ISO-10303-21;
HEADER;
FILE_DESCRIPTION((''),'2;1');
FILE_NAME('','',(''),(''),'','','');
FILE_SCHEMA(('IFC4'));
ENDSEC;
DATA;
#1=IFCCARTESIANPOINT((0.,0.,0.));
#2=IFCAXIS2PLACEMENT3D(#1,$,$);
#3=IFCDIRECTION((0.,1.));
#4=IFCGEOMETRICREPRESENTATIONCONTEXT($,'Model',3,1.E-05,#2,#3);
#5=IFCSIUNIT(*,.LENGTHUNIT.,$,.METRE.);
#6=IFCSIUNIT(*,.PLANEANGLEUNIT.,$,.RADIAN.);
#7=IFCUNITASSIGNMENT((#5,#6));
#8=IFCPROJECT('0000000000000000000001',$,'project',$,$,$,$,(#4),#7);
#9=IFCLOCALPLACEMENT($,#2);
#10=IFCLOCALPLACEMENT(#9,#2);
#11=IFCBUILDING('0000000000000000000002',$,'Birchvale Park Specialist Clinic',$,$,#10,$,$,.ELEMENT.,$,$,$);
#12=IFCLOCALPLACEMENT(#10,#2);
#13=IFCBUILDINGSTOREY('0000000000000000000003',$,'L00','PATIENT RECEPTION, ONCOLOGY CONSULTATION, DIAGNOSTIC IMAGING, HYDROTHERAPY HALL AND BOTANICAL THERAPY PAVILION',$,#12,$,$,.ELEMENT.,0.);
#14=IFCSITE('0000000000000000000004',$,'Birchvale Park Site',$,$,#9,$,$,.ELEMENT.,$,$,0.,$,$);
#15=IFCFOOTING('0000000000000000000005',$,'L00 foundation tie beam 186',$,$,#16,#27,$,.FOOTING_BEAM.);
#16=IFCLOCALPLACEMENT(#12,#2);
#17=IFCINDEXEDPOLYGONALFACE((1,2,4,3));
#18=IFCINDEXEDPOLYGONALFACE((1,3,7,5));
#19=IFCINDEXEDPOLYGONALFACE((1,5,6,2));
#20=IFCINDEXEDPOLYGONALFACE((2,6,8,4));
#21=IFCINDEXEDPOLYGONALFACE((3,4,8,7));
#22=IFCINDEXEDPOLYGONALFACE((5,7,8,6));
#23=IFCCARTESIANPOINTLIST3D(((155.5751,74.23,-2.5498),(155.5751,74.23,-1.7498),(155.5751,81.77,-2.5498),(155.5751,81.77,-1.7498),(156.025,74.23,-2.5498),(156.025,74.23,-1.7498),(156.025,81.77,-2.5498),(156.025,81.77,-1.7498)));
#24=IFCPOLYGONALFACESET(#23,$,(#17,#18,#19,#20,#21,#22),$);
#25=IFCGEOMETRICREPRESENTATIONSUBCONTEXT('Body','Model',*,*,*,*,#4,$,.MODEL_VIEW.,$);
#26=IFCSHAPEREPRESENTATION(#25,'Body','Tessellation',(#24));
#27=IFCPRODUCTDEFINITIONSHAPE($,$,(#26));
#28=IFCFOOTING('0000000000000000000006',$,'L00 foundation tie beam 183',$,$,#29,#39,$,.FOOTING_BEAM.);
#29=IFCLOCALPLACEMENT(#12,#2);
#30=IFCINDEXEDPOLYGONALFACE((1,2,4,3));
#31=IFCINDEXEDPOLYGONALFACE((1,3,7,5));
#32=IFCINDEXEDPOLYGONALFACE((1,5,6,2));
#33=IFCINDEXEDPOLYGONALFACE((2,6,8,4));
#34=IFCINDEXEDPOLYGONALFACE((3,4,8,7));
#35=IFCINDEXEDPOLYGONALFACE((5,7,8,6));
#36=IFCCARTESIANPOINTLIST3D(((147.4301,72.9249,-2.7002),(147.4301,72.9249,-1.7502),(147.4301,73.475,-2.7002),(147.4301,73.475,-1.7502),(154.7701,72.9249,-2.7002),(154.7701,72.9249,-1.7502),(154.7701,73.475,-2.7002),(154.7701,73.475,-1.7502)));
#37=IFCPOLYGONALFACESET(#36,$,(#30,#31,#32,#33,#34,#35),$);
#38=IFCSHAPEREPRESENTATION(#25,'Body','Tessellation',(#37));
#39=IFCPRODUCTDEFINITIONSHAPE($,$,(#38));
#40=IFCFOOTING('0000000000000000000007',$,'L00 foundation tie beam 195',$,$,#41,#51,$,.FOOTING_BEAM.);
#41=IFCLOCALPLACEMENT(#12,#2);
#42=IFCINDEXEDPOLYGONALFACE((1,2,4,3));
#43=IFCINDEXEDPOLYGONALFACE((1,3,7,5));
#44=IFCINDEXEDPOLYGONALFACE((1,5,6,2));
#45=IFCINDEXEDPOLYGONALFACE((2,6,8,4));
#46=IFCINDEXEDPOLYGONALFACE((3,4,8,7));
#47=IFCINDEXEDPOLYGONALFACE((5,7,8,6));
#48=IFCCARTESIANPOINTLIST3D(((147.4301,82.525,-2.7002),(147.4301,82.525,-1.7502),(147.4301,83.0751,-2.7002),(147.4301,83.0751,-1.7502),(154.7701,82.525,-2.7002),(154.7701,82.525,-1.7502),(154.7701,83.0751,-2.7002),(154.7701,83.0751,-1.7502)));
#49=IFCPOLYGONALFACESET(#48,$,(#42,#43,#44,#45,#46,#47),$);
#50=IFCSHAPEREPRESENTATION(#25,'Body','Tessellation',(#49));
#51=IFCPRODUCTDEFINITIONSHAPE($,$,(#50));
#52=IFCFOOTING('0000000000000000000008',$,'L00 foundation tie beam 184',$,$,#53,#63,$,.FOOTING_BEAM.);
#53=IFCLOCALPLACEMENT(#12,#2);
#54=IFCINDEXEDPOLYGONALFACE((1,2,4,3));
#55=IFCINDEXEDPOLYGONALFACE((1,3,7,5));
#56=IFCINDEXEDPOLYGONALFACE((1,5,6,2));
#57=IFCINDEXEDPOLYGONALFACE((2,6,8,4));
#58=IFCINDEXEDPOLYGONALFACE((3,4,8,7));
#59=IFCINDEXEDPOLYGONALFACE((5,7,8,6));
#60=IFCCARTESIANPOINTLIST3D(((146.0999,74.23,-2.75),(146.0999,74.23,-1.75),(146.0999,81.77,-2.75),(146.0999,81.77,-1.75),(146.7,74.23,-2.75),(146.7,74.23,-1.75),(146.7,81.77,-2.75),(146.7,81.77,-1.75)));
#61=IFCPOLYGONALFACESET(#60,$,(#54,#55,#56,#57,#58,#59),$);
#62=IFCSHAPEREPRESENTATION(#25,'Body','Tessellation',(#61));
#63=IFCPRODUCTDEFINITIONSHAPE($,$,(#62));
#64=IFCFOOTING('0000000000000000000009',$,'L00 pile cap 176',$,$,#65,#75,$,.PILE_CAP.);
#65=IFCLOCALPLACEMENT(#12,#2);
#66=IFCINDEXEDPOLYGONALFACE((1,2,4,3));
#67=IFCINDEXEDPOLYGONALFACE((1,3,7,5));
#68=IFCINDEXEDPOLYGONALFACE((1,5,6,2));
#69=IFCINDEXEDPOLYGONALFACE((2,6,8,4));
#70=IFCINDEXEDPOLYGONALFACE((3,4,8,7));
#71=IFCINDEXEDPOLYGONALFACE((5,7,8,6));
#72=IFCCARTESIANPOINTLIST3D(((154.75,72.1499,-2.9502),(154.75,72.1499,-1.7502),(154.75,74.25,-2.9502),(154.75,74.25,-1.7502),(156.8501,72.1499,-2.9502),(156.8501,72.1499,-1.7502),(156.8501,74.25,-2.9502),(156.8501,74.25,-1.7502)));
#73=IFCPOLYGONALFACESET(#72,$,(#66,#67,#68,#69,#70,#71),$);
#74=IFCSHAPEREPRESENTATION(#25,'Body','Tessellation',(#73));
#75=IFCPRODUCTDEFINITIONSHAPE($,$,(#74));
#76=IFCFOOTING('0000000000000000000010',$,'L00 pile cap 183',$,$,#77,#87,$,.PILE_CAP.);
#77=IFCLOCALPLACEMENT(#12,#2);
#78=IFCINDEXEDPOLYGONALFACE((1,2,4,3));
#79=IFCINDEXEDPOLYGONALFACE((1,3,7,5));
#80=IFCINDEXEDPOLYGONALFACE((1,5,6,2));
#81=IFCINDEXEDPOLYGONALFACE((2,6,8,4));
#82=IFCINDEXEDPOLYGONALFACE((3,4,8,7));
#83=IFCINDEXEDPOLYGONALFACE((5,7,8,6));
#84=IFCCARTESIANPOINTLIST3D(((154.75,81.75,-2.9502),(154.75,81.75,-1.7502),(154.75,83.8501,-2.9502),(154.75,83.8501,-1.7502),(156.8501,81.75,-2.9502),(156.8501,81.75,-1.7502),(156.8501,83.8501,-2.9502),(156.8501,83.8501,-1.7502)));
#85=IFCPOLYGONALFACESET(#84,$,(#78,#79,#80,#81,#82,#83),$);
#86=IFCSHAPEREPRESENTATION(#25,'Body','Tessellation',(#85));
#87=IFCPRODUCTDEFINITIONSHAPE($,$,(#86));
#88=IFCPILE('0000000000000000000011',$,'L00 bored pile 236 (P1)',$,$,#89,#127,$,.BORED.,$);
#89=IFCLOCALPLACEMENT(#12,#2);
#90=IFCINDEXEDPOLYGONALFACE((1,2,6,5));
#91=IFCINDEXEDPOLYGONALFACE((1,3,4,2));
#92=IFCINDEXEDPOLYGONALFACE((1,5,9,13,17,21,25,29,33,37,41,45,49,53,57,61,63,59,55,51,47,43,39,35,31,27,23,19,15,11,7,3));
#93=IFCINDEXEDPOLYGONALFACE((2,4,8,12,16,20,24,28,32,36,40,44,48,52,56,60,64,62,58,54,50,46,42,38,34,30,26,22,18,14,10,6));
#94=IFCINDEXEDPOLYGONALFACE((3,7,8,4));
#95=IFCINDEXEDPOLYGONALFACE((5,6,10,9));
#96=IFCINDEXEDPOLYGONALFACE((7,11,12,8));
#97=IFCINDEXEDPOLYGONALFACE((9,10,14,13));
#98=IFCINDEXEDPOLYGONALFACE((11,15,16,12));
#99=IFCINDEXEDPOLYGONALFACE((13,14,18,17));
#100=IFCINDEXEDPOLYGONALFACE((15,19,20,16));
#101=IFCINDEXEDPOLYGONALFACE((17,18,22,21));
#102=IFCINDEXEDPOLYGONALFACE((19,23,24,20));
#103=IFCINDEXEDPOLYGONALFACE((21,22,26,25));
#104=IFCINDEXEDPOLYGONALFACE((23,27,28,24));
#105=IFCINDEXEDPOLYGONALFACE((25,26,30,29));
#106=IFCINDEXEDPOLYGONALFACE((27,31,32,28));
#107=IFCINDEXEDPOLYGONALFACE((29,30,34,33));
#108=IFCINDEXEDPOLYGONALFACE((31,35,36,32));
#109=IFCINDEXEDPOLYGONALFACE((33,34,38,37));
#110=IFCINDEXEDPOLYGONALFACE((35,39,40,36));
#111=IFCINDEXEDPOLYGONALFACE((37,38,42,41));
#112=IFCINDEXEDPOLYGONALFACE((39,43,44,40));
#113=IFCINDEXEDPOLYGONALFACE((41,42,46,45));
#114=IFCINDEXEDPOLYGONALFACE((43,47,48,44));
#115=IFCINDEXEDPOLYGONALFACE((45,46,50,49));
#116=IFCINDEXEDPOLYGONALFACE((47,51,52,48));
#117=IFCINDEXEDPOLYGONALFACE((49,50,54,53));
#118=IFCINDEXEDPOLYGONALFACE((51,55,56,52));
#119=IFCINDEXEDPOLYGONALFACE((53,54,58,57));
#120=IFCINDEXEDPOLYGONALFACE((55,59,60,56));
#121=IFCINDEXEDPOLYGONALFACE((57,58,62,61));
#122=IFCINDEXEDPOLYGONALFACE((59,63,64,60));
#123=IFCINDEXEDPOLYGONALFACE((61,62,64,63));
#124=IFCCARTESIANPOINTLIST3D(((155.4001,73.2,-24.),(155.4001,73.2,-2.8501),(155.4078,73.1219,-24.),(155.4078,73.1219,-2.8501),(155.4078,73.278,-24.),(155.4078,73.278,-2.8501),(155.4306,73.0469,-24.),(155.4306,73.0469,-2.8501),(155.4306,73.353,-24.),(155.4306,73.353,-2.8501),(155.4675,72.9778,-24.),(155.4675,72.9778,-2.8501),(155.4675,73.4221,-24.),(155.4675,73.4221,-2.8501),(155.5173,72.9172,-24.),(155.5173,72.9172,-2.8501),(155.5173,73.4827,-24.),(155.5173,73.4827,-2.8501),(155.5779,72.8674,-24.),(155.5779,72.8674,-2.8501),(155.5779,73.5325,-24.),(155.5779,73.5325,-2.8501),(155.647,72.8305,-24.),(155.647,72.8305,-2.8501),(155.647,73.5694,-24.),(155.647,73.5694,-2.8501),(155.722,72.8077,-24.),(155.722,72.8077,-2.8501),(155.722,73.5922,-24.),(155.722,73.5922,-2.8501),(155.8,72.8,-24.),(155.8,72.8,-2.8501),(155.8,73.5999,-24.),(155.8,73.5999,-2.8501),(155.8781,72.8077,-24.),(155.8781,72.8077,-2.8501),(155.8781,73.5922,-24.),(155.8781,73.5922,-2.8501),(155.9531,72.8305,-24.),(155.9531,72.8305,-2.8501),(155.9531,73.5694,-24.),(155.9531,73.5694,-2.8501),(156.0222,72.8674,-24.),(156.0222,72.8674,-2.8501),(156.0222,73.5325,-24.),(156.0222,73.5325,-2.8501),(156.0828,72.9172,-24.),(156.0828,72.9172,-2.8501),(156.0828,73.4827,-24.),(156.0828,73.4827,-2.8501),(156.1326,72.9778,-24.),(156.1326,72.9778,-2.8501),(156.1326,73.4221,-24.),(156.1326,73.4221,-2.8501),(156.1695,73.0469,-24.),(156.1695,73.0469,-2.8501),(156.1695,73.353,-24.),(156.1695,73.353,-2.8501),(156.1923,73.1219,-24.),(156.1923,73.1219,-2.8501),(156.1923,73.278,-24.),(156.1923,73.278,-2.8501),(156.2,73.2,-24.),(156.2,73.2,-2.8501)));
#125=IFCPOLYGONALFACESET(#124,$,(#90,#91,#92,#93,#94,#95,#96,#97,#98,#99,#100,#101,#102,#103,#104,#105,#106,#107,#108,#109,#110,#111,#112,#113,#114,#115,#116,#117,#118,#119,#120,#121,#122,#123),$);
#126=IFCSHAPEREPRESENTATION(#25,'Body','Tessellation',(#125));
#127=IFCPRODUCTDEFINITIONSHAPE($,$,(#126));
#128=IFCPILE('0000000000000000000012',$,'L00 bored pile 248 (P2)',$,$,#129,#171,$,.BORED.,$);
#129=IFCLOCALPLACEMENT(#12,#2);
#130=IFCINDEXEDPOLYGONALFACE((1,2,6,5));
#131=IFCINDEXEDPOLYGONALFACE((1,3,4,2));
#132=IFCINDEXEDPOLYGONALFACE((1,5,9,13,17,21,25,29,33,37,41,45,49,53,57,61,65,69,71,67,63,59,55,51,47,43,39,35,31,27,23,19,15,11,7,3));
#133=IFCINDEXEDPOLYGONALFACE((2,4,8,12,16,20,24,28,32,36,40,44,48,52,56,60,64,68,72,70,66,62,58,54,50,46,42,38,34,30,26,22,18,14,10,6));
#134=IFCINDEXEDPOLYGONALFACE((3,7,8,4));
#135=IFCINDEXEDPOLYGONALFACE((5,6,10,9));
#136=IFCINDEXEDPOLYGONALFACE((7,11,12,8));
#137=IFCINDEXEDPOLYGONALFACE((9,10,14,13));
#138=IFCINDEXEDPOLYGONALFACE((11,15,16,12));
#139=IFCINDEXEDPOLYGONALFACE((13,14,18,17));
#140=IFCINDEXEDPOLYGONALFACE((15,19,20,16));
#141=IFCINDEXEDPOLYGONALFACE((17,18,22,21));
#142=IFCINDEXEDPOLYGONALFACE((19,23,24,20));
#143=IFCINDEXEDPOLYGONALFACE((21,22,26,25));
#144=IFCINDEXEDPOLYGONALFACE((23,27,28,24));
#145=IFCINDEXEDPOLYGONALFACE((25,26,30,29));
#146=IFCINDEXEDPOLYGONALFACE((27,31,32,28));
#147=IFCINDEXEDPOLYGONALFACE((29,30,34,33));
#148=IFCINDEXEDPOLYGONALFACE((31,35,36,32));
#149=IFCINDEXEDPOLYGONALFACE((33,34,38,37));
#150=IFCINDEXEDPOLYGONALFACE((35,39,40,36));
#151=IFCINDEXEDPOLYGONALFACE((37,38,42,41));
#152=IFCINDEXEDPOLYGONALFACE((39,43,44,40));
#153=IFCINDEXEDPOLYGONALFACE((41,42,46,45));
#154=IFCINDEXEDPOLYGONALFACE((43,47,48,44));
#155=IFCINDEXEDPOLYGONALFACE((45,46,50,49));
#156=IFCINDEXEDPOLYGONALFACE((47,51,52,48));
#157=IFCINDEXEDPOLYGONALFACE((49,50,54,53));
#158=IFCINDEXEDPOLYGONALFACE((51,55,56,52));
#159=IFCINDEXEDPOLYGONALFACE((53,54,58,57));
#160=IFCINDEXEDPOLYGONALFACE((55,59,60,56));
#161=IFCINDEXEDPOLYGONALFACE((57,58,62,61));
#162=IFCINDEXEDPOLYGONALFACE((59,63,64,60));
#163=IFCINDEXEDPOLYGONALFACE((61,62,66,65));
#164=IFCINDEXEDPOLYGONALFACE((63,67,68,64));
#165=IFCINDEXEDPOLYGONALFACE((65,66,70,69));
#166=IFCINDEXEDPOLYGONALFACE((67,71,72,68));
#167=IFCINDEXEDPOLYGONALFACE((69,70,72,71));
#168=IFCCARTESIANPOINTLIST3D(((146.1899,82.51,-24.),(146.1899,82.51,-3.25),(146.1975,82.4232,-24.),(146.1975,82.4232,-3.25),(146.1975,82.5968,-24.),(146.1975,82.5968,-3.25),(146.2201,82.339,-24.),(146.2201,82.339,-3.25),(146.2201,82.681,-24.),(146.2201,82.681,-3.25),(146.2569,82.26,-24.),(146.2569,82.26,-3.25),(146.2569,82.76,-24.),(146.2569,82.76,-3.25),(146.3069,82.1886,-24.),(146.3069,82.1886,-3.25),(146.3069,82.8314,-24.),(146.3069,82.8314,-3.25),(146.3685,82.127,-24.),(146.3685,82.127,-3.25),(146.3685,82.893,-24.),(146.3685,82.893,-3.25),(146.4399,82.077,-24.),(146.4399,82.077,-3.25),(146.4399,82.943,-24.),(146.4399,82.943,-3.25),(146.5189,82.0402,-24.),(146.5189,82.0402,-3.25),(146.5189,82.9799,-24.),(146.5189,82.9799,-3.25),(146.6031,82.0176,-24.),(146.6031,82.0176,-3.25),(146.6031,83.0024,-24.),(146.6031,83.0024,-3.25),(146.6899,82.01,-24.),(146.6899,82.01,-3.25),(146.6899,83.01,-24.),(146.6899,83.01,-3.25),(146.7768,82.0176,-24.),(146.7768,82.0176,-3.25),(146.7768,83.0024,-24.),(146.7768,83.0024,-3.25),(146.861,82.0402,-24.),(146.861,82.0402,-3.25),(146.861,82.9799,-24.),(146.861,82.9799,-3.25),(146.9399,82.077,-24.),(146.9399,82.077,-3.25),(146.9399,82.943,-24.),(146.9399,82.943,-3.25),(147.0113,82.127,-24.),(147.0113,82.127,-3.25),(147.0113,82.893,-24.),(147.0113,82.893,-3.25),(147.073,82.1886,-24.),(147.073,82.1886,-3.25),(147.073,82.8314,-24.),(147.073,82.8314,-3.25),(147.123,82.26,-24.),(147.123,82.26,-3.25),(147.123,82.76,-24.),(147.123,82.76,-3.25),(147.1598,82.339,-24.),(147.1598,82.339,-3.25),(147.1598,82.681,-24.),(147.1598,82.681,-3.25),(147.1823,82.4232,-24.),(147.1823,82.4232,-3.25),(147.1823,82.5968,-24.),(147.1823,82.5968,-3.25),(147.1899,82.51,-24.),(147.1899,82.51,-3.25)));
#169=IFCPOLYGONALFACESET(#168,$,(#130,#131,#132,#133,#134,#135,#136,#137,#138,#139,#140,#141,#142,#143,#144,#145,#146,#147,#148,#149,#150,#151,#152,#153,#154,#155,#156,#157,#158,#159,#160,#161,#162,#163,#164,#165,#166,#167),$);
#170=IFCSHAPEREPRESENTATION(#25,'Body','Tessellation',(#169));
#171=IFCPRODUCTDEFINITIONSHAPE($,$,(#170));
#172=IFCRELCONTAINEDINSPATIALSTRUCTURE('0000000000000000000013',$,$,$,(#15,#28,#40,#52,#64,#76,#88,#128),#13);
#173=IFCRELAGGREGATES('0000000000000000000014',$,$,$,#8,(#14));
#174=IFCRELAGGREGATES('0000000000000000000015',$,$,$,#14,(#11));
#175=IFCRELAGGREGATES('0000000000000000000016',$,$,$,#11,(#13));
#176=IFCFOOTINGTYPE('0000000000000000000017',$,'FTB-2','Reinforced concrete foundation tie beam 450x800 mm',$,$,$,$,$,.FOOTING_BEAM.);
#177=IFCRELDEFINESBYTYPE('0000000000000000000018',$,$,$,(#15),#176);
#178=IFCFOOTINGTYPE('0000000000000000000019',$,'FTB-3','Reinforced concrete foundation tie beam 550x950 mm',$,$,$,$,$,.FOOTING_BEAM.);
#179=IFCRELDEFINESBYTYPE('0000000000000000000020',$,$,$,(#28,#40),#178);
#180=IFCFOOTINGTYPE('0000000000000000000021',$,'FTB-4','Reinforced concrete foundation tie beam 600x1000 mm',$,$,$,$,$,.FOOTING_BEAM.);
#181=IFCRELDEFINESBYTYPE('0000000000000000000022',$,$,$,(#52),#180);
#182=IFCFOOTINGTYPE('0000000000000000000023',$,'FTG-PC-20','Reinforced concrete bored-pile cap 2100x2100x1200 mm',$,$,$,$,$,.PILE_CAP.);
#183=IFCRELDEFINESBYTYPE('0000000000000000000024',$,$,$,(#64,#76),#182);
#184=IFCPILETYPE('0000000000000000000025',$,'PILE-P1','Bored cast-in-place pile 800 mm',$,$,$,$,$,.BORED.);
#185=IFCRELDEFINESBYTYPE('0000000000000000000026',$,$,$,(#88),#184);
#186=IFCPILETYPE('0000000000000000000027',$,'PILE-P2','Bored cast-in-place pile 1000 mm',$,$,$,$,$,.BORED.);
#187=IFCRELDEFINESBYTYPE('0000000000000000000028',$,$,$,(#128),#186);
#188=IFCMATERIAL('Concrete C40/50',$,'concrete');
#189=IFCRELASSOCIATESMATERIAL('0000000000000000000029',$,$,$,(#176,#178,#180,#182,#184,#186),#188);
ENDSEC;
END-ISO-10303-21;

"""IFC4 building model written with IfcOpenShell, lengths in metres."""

from ifc_helpers import new_model, si_unit, direction, frame, origin, origin_2d, place, context, subcontext, project, spatial, rectangle, circle, extrude, material, material_profile, profile_set, type_object, element, save


model = new_model("IFC4")

# Units and contexts
model_context = context("Model", 3, precision=1e-05, world=origin(), true_north=direction((0.0, 1.0)))
body_context = subcontext(model_context, "Body", "Model", "MODEL_VIEW")
ifc_project = project(units=[si_unit("LENGTHUNIT", "METRE"), si_unit("PLANEANGLEUNIT", "RADIAN")], contexts=[model_context])

# Site, building, storey
site_placement = place(None, origin())
site = spatial("IfcSite", under=ifc_project, at=site_placement, Name="Birchvale Park Site", CompositionType="ELEMENT", RefElevation=0.0)
building_placement = place(site_placement, origin())
building = spatial("IfcBuilding", under=site, at=building_placement, Name="Birchvale Park Specialist Clinic", CompositionType="ELEMENT")
storey_placement = place(building_placement, origin())
storey = spatial("IfcBuildingStorey", under=building, at=storey_placement, Name="L00", Description="PATIENT RECEPTION, ONCOLOGY CONSULTATION, DIAGNOSTIC IMAGING, HYDROTHERAPY HALL AND BOTANICAL THERAPY PAVILION", CompositionType="ELEMENT", Elevation=0.0)

# Footings
ifc_material_1 = material(Name="Concrete C40/50", Category="concrete")
footing_type_1 = type_object("IfcFootingType", Name="FTB-2", Description="Reinforced concrete foundation tie beam 450x800 mm", PredefinedType="FOOTING_BEAM", material=ifc_material_1)
footing_1_placement = place(storey_placement, frame((155.8, 78.0, -2.5498), z_axis=(0.0, 0.0, 1.0), x_axis=(1.0, 0.0, 0.0)))
element("IfcFooting", 1, at=footing_1_placement, inside=storey, type_object=footing_type_1, Name="L00 foundation tie beam 186", PredefinedType="FOOTING_BEAM", context=body_context, shape_type="SweptSolid", body=[
    extrude(rectangle(XDim=0.45, YDim=7.54, at=origin_2d()), origin(), (0.0, 0.0, 1.0), 0.8),
])
footing_type_2 = type_object("IfcFootingType", Name="FTB-3", Description="Reinforced concrete foundation tie beam 550x950 mm", PredefinedType="FOOTING_BEAM", material=ifc_material_1)
for number, where, z_axis, x_axis, name in (
    (2, (151.1001, 73.2, -2.7002), (0.0, 0.0, 1.0), (1.0, 0.0, 0.0), "L00 foundation tie beam 183"),
    (3, (151.1001, 82.8, -2.7002), (0.0, 0.0, 1.0), (1.0, 0.0, 0.0), "L00 foundation tie beam 195"),
):
    element("IfcFooting", number, at=place(storey_placement, frame(where, z_axis=z_axis, x_axis=x_axis)), inside=storey, type_object=footing_type_2, Name=name, PredefinedType="FOOTING_BEAM", context=body_context, shape_type="SweptSolid", body=[
        extrude(rectangle(XDim=7.3401, YDim=0.55, at=origin_2d()), origin(), (0.0, 0.0, 1.0), 0.95),
    ])
footing_type_3 = type_object("IfcFootingType", Name="FTB-4", Description="Reinforced concrete foundation tie beam 600x1000 mm", PredefinedType="FOOTING_BEAM", material=ifc_material_1)
footing_2_placement = place(storey_placement, frame((146.3999, 78.0, -2.75), z_axis=(0.0, 0.0, 1.0), x_axis=(1.0, 0.0, 0.0)))
element("IfcFooting", 4, at=footing_2_placement, inside=storey, type_object=footing_type_3, Name="L00 foundation tie beam 184", PredefinedType="FOOTING_BEAM", context=body_context, shape_type="SweptSolid", body=[
    extrude(rectangle(XDim=0.6001, YDim=7.54, at=origin_2d()), origin(), (0.0, 0.0, 1.0), 1.0),
])
footing_type_4 = type_object("IfcFootingType", Name="FTG-PC-20", Description="Reinforced concrete bored-pile cap 2100x2100x1200 mm", PredefinedType="PILE_CAP", material=ifc_material_1)
for number, where, z_axis, x_axis, name in (
    (5, (155.8, 73.2, -2.9502), (0.0, 0.0, 1.0), (1.0, 0.0, 0.0), "L00 pile cap 176"),
    (6, (155.8, 82.8, -2.9502), (0.0, 0.0, 1.0), (1.0, 0.0, 0.0), "L00 pile cap 183"),
):
    element("IfcFooting", number, at=place(storey_placement, frame(where, z_axis=z_axis, x_axis=x_axis)), inside=storey, type_object=footing_type_4, Name=name, PredefinedType="PILE_CAP", context=body_context, shape_type="SweptSolid", body=[
        extrude(rectangle(XDim=2.1001, YDim=2.1001, at=origin_2d()), origin(), (0.0, 0.0, 1.0), 1.2),
    ])

# Piles
ifc_material_profile_1 = material_profile(ifc_material_1, circle(Radius=0.3999, at=origin_2d()), Name="PILE-800")
ifc_profile_set_1 = profile_set([ifc_material_profile_1], Name="Concrete C40/50")
pile_type_1 = type_object("IfcPileType", Name="PILE-P1", Description="Bored cast-in-place pile 800 mm", PredefinedType="BORED", material=ifc_profile_set_1)
pile_1_placement = place(storey_placement, frame((155.8, 73.2, -2.8501), z_axis=(0.0, 0.0, -1.0), x_axis=(1.0, 0.0, 0.0)))
element("IfcPile", 7, at=pile_1_placement, inside=storey, type_object=pile_type_1, Name="L00 bored pile 236 (P1)", PredefinedType="BORED", context=body_context, shape_type="SweptSolid", body=[
    extrude(circle(Radius=0.3999, at=origin_2d()), origin(), (0.0, 0.0, 1.0), 21.1499),
])
ifc_material_profile_2 = material_profile(ifc_material_1, circle(Radius=0.5, at=origin_2d()), Name="PILE-1000")
ifc_profile_set_2 = profile_set([ifc_material_profile_2], Name="Concrete C40/50")
pile_type_2 = type_object("IfcPileType", Name="PILE-P2", Description="Bored cast-in-place pile 1000 mm", PredefinedType="BORED", material=ifc_profile_set_2)
pile_2_placement = place(storey_placement, frame((146.6899, 82.51, -3.25), z_axis=(0.0, 0.0, -1.0), x_axis=(1.0, 0.0, 0.0)))
element("IfcPile", 8, at=pile_2_placement, inside=storey, type_object=pile_type_2, Name="L00 bored pile 248 (P2)", PredefinedType="BORED", context=body_context, shape_type="SweptSolid", body=[
    extrude(circle(Radius=0.5, at=origin_2d()), origin(), (0.0, 0.0, 1.0), 20.75),
])

save(model, "model.ifc")
